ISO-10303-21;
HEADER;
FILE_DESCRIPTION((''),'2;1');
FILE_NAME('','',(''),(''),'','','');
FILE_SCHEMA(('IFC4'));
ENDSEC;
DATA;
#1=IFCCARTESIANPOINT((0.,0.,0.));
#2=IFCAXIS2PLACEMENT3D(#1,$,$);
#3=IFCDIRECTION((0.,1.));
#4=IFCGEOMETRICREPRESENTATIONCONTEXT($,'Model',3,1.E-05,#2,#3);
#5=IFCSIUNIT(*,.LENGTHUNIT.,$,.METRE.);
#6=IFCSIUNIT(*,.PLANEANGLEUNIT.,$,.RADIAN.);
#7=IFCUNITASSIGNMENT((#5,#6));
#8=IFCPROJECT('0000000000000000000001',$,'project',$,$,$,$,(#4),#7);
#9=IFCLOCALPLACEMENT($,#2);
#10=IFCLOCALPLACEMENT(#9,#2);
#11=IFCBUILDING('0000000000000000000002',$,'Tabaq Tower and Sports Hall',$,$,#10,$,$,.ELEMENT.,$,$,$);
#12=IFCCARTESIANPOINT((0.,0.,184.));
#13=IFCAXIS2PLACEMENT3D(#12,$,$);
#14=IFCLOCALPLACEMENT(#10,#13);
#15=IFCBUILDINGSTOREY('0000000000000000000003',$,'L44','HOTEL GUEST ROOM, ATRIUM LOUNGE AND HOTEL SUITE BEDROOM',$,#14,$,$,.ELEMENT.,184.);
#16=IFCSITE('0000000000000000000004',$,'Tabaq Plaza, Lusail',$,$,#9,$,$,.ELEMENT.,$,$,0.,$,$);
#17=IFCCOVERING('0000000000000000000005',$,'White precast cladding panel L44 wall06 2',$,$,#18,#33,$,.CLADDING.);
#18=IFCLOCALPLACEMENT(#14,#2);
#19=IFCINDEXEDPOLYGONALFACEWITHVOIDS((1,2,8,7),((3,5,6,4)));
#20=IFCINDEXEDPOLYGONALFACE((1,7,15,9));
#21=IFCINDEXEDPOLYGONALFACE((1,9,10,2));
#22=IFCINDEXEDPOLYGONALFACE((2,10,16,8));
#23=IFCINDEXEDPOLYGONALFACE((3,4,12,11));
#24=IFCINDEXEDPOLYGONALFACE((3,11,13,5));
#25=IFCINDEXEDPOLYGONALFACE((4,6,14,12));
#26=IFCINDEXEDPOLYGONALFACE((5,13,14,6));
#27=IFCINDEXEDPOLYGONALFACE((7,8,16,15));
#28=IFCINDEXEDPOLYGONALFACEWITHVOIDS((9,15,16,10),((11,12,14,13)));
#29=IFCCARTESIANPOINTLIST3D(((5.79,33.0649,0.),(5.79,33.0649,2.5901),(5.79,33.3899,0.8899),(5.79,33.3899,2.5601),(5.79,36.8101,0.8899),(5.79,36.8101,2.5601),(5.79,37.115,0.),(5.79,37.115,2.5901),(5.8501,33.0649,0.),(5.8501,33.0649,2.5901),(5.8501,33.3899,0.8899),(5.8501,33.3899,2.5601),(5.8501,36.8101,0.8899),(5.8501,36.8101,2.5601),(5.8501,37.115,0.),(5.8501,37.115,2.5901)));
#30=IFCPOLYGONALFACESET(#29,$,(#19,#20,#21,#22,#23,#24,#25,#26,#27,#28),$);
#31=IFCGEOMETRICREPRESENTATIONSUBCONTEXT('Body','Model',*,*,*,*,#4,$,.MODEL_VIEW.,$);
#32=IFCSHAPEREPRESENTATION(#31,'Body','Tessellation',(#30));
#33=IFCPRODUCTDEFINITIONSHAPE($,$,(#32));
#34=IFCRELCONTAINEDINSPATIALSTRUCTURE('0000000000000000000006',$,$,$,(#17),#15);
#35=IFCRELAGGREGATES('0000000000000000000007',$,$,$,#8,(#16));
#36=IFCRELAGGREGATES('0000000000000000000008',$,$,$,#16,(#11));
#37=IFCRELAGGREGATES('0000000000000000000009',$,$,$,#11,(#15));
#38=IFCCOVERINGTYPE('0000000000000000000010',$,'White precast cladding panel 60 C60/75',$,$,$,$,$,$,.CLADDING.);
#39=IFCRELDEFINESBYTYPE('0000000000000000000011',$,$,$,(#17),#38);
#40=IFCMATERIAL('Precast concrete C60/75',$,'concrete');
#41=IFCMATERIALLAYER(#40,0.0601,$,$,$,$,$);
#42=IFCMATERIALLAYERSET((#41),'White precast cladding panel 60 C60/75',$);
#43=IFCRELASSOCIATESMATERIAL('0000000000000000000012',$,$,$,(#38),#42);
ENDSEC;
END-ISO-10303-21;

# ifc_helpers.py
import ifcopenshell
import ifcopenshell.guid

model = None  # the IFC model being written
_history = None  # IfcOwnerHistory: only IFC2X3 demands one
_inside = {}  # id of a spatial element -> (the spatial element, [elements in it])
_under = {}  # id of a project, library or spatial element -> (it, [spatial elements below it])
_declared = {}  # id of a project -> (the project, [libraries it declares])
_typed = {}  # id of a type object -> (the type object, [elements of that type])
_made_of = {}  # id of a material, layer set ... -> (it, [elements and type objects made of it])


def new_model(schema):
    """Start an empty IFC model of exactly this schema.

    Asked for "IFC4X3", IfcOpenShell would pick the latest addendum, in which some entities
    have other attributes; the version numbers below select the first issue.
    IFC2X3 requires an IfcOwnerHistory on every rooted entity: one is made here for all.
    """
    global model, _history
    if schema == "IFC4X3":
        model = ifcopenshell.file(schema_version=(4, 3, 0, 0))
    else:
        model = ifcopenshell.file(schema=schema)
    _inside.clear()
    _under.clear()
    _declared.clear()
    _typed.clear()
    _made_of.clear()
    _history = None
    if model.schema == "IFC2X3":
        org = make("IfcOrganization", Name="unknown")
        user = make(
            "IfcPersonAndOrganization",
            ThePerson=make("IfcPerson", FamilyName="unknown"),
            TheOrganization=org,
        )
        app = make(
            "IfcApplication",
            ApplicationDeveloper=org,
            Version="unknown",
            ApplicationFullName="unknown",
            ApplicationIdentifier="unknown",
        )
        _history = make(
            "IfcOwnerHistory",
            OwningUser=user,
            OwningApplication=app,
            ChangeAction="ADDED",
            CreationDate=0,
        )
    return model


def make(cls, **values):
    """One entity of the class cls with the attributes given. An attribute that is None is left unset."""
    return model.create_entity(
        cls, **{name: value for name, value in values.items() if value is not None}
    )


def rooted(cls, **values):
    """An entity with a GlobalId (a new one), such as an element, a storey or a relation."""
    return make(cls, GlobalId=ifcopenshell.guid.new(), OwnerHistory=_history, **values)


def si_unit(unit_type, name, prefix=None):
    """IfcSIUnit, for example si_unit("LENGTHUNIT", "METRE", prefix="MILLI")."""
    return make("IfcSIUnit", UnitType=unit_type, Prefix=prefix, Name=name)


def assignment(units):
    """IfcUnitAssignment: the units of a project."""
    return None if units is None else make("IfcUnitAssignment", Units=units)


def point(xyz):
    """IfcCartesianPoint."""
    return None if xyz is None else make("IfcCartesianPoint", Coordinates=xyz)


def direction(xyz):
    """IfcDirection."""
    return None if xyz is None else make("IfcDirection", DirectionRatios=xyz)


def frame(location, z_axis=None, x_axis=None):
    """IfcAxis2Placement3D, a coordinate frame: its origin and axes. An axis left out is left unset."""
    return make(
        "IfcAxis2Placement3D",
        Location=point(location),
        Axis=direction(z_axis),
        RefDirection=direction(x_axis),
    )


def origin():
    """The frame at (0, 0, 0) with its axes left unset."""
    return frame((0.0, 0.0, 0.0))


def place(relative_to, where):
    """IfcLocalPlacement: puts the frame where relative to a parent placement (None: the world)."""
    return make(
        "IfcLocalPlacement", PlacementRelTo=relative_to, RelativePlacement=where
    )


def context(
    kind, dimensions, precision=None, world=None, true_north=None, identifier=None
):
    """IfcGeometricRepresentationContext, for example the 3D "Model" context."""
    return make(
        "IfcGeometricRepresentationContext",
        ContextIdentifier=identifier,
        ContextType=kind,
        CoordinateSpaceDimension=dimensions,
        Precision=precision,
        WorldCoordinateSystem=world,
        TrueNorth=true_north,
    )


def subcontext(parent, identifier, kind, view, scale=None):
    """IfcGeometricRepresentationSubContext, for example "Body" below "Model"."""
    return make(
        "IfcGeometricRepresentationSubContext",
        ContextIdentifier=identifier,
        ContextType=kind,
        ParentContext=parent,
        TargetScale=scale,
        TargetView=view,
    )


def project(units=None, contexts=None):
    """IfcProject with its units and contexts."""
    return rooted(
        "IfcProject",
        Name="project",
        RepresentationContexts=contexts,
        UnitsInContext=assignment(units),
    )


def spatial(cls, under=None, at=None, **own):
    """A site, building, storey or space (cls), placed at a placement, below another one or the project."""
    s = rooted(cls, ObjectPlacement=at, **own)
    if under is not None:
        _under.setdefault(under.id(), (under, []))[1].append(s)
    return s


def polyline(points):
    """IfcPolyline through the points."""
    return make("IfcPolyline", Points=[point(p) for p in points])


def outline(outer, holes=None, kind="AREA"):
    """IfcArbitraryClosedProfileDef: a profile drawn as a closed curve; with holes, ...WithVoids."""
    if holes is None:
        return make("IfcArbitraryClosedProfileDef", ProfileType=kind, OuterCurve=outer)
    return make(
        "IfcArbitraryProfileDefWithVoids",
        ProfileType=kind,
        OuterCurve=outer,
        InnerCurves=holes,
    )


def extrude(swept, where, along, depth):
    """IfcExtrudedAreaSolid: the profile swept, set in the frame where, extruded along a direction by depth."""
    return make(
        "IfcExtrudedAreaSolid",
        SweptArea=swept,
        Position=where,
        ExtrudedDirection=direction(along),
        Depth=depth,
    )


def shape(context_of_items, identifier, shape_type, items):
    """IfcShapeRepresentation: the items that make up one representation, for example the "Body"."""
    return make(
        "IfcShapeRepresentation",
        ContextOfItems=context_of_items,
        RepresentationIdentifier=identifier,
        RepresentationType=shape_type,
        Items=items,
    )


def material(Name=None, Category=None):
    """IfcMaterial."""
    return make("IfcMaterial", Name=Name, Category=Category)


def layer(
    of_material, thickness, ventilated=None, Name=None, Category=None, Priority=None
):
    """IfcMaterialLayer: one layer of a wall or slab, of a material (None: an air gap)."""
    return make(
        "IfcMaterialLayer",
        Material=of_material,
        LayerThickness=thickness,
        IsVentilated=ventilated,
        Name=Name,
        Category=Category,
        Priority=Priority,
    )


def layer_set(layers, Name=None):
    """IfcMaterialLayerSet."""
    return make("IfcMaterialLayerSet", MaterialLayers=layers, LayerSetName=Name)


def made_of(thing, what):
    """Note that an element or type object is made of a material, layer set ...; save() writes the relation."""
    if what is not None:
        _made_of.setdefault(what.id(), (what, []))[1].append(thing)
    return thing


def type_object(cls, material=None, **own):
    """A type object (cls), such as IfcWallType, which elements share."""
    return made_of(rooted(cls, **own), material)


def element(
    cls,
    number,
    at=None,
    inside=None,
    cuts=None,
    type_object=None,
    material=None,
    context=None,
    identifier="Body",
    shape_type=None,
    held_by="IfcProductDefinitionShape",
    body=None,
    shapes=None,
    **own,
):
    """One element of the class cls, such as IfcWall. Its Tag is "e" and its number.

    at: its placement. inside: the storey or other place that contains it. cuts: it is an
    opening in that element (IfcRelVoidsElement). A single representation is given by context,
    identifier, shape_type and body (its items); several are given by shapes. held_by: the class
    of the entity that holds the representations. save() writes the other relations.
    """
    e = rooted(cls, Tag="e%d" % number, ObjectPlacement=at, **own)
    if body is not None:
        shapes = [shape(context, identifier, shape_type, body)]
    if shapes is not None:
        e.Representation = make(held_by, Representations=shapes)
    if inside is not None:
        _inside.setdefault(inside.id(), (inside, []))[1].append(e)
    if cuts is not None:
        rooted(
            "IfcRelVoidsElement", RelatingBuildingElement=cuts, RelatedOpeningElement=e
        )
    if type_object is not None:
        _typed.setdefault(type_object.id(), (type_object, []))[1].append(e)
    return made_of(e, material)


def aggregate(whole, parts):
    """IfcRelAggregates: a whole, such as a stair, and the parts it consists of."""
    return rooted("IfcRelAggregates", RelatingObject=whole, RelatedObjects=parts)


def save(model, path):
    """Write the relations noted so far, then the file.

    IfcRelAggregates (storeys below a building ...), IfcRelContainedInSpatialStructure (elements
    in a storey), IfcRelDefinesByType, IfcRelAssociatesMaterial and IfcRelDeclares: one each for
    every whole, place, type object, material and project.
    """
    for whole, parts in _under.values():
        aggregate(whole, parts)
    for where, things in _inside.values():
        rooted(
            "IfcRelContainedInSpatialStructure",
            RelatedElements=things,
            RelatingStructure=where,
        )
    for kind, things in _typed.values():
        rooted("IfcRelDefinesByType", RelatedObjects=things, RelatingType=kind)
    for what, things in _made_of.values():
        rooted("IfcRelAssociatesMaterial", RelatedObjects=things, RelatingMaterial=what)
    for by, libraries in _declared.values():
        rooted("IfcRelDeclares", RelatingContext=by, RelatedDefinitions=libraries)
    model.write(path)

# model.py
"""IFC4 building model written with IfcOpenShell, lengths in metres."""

from ifc_helpers import new_model, si_unit, direction, frame, origin, place, context, subcontext, project, spatial, polyline, outline, extrude, material, layer, layer_set, type_object, element, save


model = new_model("IFC4")

# Units and contexts
model_context = context("Model", 3, precision=1e-05, world=origin(), true_north=direction((0.0, 1.0)))
body_context = subcontext(model_context, "Body", "Model", "MODEL_VIEW")
ifc_project = project(units=[si_unit("LENGTHUNIT", "METRE"), si_unit("PLANEANGLEUNIT", "RADIAN")], contexts=[model_context])

# Site, building, storey
site_placement = place(None, origin())
site = spatial("IfcSite", under=ifc_project, at=site_placement, Name="Tabaq Plaza, Lusail", CompositionType="ELEMENT", RefElevation=0.0)
building_placement = place(site_placement, origin())
building = spatial("IfcBuilding", under=site, at=building_placement, Name="Tabaq Tower and Sports Hall", CompositionType="ELEMENT")
storey_placement = place(building_placement, frame((0.0, 0.0, 184.0)))
storey = spatial("IfcBuildingStorey", under=building, at=storey_placement, Name="L44", Description="HOTEL GUEST ROOM, ATRIUM LOUNGE AND HOTEL SUITE BEDROOM", CompositionType="ELEMENT", Elevation=184.0)

# Covering
ifc_material_1 = material(Name="Precast concrete C60/75", Category="concrete")
ifc_layer_1 = layer(ifc_material_1, 0.0601)
ifc_layer_set_1 = layer_set([ifc_layer_1], Name="White precast cladding panel 60 C60/75")
covering_type = type_object("IfcCoveringType", Name="White precast cladding panel 60 C60/75", PredefinedType="CLADDING", material=ifc_layer_set_1)
covering_placement = place(storey_placement, frame((5.8201, 37.115, 0.0), z_axis=(0.0, 0.0, 1.0), x_axis=(0.0, -1.0, 0.0)))
element("IfcCovering", 1, at=covering_placement, inside=storey, type_object=covering_type, Name="White precast cladding panel L44 wall06 2", PredefinedType="CLADDING", context=body_context, shape_type="SweptSolid", body=[
    extrude(outline(polyline([(0.0, 0.0), (4.05, 0.0), (4.05, 2.5901), (0.0, 2.5901), (0.0, 0.0)]), holes=[polyline([(3.7251, 0.8899), (0.3049, 0.8899), (0.3049, 2.5601), (3.7251, 2.5601), (3.7251, 0.8899)])]), frame((0.0, 0.03, 0.0), z_axis=(0.0, -1.0, 0.0), x_axis=(1.0, 0.0, 0.0)), (0.0, 0.0, 1.0), 0.0601),
])

save(model, "model.ifc")
